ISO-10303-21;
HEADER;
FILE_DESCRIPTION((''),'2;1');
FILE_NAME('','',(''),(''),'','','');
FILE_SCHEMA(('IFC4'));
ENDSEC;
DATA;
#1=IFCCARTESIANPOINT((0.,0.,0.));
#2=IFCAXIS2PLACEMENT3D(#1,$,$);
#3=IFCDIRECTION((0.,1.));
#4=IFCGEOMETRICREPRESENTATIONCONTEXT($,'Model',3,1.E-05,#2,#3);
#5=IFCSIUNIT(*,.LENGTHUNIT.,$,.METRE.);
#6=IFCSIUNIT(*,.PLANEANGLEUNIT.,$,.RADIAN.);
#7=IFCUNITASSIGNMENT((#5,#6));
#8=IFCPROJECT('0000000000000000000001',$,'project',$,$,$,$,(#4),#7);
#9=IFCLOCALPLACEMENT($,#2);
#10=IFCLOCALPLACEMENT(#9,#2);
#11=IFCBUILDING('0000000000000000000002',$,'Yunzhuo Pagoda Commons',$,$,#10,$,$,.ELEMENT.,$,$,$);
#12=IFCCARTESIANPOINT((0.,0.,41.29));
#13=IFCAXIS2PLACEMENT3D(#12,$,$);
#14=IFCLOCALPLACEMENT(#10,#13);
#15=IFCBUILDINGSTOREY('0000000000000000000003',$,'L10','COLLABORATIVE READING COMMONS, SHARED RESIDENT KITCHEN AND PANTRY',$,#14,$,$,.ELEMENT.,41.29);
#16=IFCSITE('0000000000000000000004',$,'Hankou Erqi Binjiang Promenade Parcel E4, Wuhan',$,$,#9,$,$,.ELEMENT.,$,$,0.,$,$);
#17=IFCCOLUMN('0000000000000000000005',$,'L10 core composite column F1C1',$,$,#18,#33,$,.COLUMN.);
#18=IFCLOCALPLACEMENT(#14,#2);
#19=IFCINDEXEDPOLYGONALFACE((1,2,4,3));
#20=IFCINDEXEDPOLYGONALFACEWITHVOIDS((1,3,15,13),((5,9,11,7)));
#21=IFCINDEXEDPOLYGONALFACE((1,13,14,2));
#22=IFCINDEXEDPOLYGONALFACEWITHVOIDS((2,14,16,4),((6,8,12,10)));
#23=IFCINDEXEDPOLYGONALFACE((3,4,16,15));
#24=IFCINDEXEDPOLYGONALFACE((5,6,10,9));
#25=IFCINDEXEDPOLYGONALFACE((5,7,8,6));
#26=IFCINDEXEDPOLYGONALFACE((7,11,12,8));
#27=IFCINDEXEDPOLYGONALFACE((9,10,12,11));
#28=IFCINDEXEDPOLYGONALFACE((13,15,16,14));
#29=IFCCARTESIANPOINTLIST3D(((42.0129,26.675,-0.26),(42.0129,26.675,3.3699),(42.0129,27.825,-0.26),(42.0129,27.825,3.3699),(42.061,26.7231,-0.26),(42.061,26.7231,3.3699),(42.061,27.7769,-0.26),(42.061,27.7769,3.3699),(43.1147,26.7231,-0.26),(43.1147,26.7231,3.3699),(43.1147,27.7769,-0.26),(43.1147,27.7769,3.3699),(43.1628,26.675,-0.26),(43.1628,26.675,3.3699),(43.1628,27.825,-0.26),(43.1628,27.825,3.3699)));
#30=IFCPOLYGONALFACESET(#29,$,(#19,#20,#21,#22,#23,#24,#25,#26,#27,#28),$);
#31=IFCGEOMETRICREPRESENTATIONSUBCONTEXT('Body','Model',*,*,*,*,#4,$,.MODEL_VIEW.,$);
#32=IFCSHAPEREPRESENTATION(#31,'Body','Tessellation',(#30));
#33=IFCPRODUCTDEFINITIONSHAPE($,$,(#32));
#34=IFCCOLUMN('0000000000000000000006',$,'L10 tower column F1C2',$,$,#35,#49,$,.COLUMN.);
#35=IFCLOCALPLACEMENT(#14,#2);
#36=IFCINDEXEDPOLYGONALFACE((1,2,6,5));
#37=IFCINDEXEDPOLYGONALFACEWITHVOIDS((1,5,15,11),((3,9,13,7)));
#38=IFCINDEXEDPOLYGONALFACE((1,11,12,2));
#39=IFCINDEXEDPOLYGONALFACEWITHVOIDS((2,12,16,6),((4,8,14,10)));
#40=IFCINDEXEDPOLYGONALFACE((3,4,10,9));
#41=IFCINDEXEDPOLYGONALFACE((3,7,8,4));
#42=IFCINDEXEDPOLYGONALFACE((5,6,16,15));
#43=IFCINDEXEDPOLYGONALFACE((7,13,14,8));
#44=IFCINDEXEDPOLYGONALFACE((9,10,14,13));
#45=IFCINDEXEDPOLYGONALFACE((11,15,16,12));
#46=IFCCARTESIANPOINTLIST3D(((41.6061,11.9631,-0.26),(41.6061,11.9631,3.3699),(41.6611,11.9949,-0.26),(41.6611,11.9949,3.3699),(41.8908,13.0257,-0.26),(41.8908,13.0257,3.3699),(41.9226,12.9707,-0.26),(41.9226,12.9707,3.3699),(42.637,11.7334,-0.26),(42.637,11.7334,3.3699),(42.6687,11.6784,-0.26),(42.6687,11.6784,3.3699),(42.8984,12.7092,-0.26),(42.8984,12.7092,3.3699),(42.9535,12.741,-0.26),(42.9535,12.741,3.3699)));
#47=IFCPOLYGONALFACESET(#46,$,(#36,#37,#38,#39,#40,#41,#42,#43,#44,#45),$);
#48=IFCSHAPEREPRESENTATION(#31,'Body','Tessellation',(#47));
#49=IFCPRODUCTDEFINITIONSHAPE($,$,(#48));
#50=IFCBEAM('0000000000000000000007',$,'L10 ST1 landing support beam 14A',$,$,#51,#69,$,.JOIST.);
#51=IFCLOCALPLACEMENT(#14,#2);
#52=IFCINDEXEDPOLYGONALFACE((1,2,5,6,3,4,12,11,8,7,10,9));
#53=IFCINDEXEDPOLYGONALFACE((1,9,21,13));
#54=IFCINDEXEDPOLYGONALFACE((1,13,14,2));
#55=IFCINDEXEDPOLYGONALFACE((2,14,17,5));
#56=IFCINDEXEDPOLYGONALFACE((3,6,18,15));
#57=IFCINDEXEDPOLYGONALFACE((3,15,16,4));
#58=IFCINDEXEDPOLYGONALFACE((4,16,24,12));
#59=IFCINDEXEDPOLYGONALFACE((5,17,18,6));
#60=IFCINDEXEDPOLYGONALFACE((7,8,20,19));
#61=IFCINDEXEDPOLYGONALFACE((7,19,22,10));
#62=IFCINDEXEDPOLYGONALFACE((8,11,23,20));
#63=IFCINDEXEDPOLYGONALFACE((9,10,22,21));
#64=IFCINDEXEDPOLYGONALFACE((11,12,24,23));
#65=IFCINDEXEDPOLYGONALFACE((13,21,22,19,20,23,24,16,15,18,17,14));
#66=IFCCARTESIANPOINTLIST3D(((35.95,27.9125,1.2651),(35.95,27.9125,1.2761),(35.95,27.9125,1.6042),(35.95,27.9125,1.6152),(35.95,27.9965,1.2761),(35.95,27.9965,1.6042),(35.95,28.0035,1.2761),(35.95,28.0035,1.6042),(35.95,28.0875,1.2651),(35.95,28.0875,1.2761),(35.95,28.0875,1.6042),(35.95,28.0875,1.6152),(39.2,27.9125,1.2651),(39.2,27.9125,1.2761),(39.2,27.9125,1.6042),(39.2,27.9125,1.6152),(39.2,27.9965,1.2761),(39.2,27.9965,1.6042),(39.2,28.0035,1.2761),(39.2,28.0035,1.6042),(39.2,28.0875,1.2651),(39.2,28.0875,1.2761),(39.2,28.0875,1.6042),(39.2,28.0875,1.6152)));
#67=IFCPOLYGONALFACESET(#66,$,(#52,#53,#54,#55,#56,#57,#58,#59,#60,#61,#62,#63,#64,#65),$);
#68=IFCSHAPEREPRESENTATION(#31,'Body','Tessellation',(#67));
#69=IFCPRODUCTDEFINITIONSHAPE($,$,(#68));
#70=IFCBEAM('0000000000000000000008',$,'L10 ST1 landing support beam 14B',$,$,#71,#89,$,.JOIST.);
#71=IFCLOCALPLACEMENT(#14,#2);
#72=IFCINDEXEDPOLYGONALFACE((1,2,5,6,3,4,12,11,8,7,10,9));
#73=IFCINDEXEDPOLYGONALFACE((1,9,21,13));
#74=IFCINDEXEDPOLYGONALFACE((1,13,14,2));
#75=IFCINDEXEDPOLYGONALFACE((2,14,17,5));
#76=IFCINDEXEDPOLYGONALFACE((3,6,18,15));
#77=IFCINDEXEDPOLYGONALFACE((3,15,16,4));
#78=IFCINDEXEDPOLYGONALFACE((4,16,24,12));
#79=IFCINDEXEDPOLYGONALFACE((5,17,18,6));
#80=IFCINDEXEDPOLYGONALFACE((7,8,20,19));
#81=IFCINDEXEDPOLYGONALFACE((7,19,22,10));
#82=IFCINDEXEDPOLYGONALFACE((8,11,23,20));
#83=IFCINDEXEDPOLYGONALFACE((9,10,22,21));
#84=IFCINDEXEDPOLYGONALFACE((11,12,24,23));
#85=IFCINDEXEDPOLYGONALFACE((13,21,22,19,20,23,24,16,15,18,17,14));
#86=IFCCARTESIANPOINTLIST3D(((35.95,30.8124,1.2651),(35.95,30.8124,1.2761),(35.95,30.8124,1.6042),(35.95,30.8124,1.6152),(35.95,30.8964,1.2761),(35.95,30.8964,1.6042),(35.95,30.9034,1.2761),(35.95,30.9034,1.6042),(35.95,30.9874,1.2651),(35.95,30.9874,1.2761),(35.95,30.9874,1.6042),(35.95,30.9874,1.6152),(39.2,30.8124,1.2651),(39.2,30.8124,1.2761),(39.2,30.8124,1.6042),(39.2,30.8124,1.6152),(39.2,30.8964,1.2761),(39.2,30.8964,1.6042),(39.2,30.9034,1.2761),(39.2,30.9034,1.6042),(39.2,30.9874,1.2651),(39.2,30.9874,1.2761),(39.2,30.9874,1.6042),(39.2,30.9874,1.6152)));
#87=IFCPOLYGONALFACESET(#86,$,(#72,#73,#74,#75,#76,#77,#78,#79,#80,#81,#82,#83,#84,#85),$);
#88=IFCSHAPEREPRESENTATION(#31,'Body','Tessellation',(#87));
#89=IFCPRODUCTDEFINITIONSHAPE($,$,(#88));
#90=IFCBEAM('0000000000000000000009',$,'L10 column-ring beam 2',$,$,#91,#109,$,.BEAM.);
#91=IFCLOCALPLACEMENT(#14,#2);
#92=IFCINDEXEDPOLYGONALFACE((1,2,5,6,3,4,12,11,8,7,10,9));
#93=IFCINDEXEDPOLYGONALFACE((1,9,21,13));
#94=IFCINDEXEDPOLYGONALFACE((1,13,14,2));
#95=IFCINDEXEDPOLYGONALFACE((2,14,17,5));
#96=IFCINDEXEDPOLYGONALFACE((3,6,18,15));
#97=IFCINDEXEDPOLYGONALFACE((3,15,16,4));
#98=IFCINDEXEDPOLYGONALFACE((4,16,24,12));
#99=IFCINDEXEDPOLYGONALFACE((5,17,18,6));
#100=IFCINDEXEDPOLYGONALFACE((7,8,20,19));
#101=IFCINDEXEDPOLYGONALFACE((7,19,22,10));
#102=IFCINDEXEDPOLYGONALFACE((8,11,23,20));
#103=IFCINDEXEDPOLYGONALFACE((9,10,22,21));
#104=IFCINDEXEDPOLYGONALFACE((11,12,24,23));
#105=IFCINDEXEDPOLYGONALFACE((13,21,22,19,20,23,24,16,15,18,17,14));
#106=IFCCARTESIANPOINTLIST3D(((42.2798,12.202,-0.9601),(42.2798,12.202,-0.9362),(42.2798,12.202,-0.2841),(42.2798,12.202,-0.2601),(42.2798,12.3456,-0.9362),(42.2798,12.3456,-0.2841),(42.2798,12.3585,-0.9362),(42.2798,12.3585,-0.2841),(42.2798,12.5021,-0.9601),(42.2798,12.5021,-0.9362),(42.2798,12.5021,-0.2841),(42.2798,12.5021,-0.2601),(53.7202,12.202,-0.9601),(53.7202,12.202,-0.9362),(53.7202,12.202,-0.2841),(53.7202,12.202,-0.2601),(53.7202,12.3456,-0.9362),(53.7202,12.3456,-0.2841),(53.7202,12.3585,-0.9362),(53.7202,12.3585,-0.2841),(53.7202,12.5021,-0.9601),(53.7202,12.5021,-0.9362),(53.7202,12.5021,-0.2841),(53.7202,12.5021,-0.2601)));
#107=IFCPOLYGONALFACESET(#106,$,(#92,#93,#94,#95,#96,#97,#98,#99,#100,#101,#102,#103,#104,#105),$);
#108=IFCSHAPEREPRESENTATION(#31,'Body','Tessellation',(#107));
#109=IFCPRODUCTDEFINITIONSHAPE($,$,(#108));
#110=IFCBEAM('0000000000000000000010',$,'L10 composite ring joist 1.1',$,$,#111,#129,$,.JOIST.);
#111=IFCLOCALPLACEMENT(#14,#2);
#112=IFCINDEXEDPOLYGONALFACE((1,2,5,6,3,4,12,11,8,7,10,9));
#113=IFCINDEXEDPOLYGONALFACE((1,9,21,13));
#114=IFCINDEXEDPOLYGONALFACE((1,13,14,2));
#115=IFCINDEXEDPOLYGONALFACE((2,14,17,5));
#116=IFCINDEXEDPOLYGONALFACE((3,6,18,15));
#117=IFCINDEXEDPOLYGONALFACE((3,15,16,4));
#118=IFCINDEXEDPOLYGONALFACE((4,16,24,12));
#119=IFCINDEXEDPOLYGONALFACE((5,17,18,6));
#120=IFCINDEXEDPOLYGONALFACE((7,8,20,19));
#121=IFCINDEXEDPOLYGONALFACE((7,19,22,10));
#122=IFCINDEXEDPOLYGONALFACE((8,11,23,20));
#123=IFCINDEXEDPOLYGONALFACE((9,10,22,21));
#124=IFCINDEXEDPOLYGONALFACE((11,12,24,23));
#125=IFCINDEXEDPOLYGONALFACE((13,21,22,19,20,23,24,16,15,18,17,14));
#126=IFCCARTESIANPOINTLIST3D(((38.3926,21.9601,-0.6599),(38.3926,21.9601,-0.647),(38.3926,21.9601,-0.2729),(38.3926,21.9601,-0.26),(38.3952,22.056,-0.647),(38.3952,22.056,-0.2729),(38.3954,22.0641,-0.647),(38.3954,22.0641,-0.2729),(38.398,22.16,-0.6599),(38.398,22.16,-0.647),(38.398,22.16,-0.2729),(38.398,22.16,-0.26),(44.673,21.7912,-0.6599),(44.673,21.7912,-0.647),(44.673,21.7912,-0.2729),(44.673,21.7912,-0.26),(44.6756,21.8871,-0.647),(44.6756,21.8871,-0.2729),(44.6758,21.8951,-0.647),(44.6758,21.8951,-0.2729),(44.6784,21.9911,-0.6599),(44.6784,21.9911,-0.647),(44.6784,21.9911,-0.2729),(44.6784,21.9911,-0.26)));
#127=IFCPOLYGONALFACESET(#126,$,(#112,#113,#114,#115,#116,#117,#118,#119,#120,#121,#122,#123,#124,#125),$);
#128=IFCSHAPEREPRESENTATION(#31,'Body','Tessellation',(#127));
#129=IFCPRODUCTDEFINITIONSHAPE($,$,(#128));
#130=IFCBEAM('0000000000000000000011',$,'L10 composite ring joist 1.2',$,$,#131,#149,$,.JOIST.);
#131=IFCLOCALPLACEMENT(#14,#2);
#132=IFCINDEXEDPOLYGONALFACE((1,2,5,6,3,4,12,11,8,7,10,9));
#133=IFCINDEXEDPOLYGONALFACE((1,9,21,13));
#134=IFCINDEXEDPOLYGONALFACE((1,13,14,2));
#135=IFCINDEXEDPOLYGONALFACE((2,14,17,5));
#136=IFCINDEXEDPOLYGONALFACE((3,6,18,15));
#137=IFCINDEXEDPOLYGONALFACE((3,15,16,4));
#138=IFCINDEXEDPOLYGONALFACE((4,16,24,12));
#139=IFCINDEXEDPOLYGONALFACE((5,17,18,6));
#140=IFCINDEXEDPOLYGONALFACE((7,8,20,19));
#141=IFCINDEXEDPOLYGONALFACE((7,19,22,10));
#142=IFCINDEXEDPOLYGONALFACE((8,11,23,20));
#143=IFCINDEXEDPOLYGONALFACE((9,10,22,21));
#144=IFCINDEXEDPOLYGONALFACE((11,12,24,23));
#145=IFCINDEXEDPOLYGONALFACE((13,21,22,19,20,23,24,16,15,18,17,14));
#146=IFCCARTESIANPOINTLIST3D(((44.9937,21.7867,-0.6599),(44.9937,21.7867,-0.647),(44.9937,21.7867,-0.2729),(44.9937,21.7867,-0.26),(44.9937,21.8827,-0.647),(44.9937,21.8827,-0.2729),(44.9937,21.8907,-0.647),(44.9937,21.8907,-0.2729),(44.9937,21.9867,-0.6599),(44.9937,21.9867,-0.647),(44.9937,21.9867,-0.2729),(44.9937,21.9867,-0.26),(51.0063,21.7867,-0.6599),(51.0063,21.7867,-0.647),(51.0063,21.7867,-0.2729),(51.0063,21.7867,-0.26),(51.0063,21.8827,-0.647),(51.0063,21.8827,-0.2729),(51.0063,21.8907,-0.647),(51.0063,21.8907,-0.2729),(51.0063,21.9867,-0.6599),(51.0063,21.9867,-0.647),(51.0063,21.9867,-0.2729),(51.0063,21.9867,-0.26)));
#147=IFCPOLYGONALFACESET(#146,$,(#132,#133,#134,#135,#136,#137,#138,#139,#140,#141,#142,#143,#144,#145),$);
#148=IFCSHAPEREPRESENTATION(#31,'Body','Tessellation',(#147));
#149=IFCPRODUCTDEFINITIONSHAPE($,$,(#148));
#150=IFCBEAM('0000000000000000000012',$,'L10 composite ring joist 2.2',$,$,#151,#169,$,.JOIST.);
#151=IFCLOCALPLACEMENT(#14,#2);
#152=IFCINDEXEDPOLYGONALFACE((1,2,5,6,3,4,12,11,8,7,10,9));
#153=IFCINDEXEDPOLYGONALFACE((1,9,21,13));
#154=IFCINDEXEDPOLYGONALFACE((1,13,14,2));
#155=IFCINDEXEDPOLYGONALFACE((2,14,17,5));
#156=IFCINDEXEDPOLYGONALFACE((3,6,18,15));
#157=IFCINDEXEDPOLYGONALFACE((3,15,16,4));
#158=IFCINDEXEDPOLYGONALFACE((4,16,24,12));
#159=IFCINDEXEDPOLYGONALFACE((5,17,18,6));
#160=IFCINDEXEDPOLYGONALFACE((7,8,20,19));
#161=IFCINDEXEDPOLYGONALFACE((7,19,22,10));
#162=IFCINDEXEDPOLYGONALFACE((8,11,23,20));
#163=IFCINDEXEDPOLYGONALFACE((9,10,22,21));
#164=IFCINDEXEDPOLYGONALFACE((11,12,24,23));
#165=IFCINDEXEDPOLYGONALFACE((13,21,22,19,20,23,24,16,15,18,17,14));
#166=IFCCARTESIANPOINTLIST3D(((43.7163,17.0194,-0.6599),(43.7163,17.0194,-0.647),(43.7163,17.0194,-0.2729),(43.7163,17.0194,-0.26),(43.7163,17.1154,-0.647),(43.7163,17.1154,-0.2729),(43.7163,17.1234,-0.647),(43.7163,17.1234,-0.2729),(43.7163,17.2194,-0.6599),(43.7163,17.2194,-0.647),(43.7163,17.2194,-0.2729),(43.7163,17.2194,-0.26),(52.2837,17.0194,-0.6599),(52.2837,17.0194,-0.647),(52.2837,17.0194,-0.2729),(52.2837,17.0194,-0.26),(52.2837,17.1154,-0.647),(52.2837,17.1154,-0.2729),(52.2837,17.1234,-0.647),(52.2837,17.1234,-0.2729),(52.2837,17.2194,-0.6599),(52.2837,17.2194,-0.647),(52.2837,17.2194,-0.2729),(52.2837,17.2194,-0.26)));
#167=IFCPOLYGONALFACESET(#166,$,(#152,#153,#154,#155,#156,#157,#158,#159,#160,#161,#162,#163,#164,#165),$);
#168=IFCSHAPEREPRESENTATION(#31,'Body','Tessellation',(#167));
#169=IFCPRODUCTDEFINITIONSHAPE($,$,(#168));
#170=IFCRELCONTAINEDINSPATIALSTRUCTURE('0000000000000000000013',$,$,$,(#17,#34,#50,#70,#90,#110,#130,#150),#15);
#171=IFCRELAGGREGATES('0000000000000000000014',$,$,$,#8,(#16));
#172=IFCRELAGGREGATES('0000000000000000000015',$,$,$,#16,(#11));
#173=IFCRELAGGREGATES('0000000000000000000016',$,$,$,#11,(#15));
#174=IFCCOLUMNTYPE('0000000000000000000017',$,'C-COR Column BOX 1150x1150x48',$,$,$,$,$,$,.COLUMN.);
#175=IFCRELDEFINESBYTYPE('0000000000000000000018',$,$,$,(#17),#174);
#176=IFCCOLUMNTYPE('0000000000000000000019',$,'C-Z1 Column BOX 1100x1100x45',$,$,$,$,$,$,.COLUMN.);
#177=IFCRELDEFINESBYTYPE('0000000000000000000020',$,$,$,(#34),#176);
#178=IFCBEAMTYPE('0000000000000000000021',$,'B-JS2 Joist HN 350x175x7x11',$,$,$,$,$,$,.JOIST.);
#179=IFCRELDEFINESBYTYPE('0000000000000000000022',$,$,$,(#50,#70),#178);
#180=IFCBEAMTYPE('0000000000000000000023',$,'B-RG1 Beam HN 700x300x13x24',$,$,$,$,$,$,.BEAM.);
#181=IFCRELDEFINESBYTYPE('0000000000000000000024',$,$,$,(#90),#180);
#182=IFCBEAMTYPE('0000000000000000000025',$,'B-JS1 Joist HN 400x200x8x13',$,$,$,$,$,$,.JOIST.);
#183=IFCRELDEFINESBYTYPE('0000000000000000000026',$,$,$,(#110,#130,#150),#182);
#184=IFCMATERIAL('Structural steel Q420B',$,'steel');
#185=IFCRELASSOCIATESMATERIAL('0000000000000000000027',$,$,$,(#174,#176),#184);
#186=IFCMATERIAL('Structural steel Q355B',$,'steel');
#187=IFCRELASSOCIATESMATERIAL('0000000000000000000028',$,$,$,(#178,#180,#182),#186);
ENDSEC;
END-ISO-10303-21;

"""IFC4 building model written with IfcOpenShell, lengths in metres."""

from ifc_helpers import new_model, si_unit, direction, frame, origin, origin_2d, place, context, subcontext, project, spatial, hollow_rectangle, i_section, extrude, source, transform, mapped, material, material_profile, profile_set, type_object, element, save


model = new_model("IFC4")

# Units and contexts
model_context = context("Model", 3, precision=1e-05, world=origin(), true_north=direction((0.0, 1.0)))
body_context = subcontext(model_context, "Body", "Model", "MODEL_VIEW")
ifc_project = project(units=[si_unit("LENGTHUNIT", "METRE"), si_unit("PLANEANGLEUNIT", "RADIAN")], contexts=[model_context])

# Site, building, storey
site_placement = place(None, origin())
site = spatial("IfcSite", under=ifc_project, at=site_placement, Name="Hankou Erqi Binjiang Promenade Parcel E4, Wuhan", CompositionType="ELEMENT", RefElevation=0.0)
building_placement = place(site_placement, origin())
building = spatial("IfcBuilding", under=site, at=building_placement, Name="Yunzhuo Pagoda Commons", CompositionType="ELEMENT")
storey_placement = place(building_placement, frame((0.0, 0.0, 41.29)))
storey = spatial("IfcBuildingStorey", under=building, at=storey_placement, Name="L10", Description="COLLABORATIVE READING COMMONS, SHARED RESIDENT KITCHEN AND PANTRY", CompositionType="ELEMENT", Elevation=41.29)

# Columns
ifc_material_1 = material(Name="Structural steel Q420B", Category="steel")
ifc_material_profile_1 = material_profile(ifc_material_1, hollow_rectangle(XDim=1.1499, YDim=1.1499, WallThickness=0.0481, at=origin_2d()), Name="Structural steel Q420B")
ifc_profile_set_1 = profile_set([ifc_material_profile_1], Name="Structural steel Q420B")
column_type_1 = type_object("IfcColumnType", Name="C-COR Column BOX 1150x1150x48", PredefinedType="COLUMN", material=ifc_profile_set_1)
shared_shape_1 = source(origin(), body_context, "Body", "SweptSolid", [
    extrude(hollow_rectangle(XDim=1.1499, YDim=1.1499, WallThickness=0.0481, at=origin_2d()), origin(), (0.0, 0.0, 1.0), 3.6299),
])
column_1_placement = place(storey_placement, frame((42.5879, 27.25, -0.26), z_axis=(0.0, 0.0, 1.0), x_axis=(1.0, 0.0, 0.0)))
element("IfcColumn", 1, at=column_1_placement, inside=storey, type_object=column_type_1, Name="L10 core composite column F1C1", PredefinedType="COLUMN", context=body_context, shape_type="MappedRepresentation", body=[
    mapped(shared_shape_1, transform((0.0, 0.0, 0.0), scale=1.0)),
])
ifc_material_profile_2 = material_profile(ifc_material_1, hollow_rectangle(XDim=1.1001, YDim=1.1001, WallThickness=0.0449, at=origin_2d()), Name="Structural steel Q420B")
ifc_profile_set_2 = profile_set([ifc_material_profile_2], Name="Structural steel Q420B")
column_type_2 = type_object("IfcColumnType", Name="C-Z1 Column BOX 1100x1100x45", PredefinedType="COLUMN", material=ifc_profile_set_2)
shared_shape_2 = source(origin(), body_context, "Body", "SweptSolid", [
    extrude(hollow_rectangle(XDim=1.1001, YDim=1.1001, WallThickness=0.0449, at=origin_2d()), origin(), (0.0, 0.0, 1.0), 3.6299),
])
column_2_placement = place(storey_placement, frame((42.2798, 12.3521, -0.26), z_axis=(0.0, 0.0, 1.0), x_axis=(0.965926, -0.258819, 0.0)))
element("IfcColumn", 2, at=column_2_placement, inside=storey, type_object=column_type_2, Name="L10 tower column F1C2", PredefinedType="COLUMN", context=body_context, shape_type="MappedRepresentation", body=[
    mapped(shared_shape_2, transform((0.0, 0.0, 0.0), scale=1.0)),
])

# Beams
ifc_material_2 = material(Name="Structural steel Q355B", Category="steel")
ifc_material_profile_3 = material_profile(ifc_material_2, i_section(OverallWidth=0.175, OverallDepth=0.3501, WebThickness=0.0071, FlangeThickness=0.011, at=origin_2d()), Name="Structural steel Q355B")
ifc_profile_set_3 = profile_set([ifc_material_profile_3], Name="Structural steel Q355B")
beam_type_1 = type_object("IfcBeamType", Name="B-JS2 Joist HN 350x175x7x11", PredefinedType="JOIST", material=ifc_profile_set_3)
shared_shape_3 = source(origin(), body_context, "Body", "SweptSolid", [
    extrude(i_section(OverallWidth=0.175, OverallDepth=0.3501, WebThickness=0.0071, FlangeThickness=0.011, at=origin_2d()), origin(), (0.0, 0.0, 1.0), 3.25),
])
for number, where, z_axis, x_axis, name in (
    (3, (35.95, 28.0, 1.4402), (1.0, 0.0, 0.0), (0.0, 1.0, 0.0), "L10 ST1 landing support beam 14A"),
    (4, (35.95, 30.8999, 1.4402), (1.0, 0.0, 0.0), (0.0, 1.0, 0.0), "L10 ST1 landing support beam 14B"),
):
    element("IfcBeam", number, at=place(storey_placement, frame(where, z_axis=z_axis, x_axis=x_axis)), inside=storey, type_object=beam_type_1, Name=name, PredefinedType="JOIST", context=body_context, shape_type="MappedRepresentation", body=[
        mapped(shared_shape_3, transform((0.0, 0.0, 0.0), scale=1.0)),
    ])
ifc_material_profile_4 = material_profile(ifc_material_2, i_section(OverallWidth=0.3, OverallDepth=0.7, WebThickness=0.0129, FlangeThickness=0.0239, at=origin_2d()), Name="Structural steel Q355B")
ifc_profile_set_4 = profile_set([ifc_material_profile_4], Name="Structural steel Q355B")
beam_type_2 = type_object("IfcBeamType", Name="B-RG1 Beam HN 700x300x13x24", PredefinedType="BEAM", material=ifc_profile_set_4)
shared_shape_4 = source(origin(), body_context, "Body", "SweptSolid", [
    extrude(i_section(OverallWidth=0.3, OverallDepth=0.7, WebThickness=0.0129, FlangeThickness=0.0239, at=origin_2d()), origin(), (0.0, 0.0, 1.0), 11.4404),
])
beam_1_placement = place(storey_placement, frame((42.2798, 12.3521, -0.6101), z_axis=(1.0, 0.0, 0.0), x_axis=(0.0, 1.0, 0.0)))
element("IfcBeam", 5, at=beam_1_placement, inside=storey, type_object=beam_type_2, Name="L10 column-ring beam 2", PredefinedType="BEAM", context=body_context, shape_type="MappedRepresentation", body=[
    mapped(shared_shape_4, transform((0.0, 0.0, 0.0), scale=1.0)),
])
ifc_material_profile_5 = material_profile(ifc_material_2, i_section(OverallWidth=0.2, OverallDepth=0.3999, WebThickness=0.0081, FlangeThickness=0.0129, at=origin_2d()), Name="Structural steel Q355B")
ifc_profile_set_5 = profile_set([ifc_material_profile_5], Name="Structural steel Q355B")
beam_type_3 = type_object("IfcBeamType", Name="B-JS1 Joist HN 400x200x8x13", PredefinedType="JOIST", material=ifc_profile_set_5)
shared_shape_5 = source(origin(), body_context, "Body", "SweptSolid", [
    extrude(i_section(OverallWidth=0.2, OverallDepth=0.3999, WebThickness=0.0081, FlangeThickness=0.0129, at=origin_2d()), origin(), (0.0, 0.0, 1.0), 6.2827),
])
beam_2_placement = place(storey_placement, frame((38.3953, 22.0601, -0.46), z_axis=(0.999638, -0.02689, 0.0), x_axis=(0.02689, 0.999638, 0.0)))
element("IfcBeam", 6, at=beam_2_placement, inside=storey, type_object=beam_type_3, Name="L10 composite ring joist 1.1", PredefinedType="JOIST", context=body_context, shape_type="MappedRepresentation", body=[
    mapped(shared_shape_5, transform((0.0, 0.0, 0.0), scale=1.0)),
])
shared_shape_6 = source(origin(), body_context, "Body", "SweptSolid", [
    extrude(i_section(OverallWidth=0.2, OverallDepth=0.3999, WebThickness=0.0081, FlangeThickness=0.0129, at=origin_2d()), origin(), (0.0, 0.0, 1.0), 6.0127),
])
beam_3_placement = place(storey_placement, frame((44.9937, 21.8867, -0.46), z_axis=(1.0, 0.0, 0.0), x_axis=(0.0, 1.0, 0.0)))
element("IfcBeam", 7, at=beam_3_placement, inside=storey, type_object=beam_type_3, Name="L10 composite ring joist 1.2", PredefinedType="JOIST", context=body_context, shape_type="MappedRepresentation", body=[
    mapped(shared_shape_6, transform((0.0, 0.0, 0.0), scale=1.0)),
])
shared_shape_7 = source(origin(), body_context, "Body", "SweptSolid", [
    extrude(i_section(OverallWidth=0.2, OverallDepth=0.3999, WebThickness=0.0081, FlangeThickness=0.0129, at=origin_2d()), origin(), (0.0, 0.0, 1.0), 8.5674),
])
beam_4_placement = place(storey_placement, frame((43.7163, 17.1194, -0.46), z_axis=(1.0, 0.0, 0.0), x_axis=(0.0, 1.0, 0.0)))
element("IfcBeam", 8, at=beam_4_placement, inside=storey, type_object=beam_type_3, Name="L10 composite ring joist 2.2", PredefinedType="JOIST", context=body_context, shape_type="MappedRepresentation", body=[
    mapped(shared_shape_7, transform((0.0, 0.0, 0.0), scale=1.0)),
])

save(model, "model.ifc")
